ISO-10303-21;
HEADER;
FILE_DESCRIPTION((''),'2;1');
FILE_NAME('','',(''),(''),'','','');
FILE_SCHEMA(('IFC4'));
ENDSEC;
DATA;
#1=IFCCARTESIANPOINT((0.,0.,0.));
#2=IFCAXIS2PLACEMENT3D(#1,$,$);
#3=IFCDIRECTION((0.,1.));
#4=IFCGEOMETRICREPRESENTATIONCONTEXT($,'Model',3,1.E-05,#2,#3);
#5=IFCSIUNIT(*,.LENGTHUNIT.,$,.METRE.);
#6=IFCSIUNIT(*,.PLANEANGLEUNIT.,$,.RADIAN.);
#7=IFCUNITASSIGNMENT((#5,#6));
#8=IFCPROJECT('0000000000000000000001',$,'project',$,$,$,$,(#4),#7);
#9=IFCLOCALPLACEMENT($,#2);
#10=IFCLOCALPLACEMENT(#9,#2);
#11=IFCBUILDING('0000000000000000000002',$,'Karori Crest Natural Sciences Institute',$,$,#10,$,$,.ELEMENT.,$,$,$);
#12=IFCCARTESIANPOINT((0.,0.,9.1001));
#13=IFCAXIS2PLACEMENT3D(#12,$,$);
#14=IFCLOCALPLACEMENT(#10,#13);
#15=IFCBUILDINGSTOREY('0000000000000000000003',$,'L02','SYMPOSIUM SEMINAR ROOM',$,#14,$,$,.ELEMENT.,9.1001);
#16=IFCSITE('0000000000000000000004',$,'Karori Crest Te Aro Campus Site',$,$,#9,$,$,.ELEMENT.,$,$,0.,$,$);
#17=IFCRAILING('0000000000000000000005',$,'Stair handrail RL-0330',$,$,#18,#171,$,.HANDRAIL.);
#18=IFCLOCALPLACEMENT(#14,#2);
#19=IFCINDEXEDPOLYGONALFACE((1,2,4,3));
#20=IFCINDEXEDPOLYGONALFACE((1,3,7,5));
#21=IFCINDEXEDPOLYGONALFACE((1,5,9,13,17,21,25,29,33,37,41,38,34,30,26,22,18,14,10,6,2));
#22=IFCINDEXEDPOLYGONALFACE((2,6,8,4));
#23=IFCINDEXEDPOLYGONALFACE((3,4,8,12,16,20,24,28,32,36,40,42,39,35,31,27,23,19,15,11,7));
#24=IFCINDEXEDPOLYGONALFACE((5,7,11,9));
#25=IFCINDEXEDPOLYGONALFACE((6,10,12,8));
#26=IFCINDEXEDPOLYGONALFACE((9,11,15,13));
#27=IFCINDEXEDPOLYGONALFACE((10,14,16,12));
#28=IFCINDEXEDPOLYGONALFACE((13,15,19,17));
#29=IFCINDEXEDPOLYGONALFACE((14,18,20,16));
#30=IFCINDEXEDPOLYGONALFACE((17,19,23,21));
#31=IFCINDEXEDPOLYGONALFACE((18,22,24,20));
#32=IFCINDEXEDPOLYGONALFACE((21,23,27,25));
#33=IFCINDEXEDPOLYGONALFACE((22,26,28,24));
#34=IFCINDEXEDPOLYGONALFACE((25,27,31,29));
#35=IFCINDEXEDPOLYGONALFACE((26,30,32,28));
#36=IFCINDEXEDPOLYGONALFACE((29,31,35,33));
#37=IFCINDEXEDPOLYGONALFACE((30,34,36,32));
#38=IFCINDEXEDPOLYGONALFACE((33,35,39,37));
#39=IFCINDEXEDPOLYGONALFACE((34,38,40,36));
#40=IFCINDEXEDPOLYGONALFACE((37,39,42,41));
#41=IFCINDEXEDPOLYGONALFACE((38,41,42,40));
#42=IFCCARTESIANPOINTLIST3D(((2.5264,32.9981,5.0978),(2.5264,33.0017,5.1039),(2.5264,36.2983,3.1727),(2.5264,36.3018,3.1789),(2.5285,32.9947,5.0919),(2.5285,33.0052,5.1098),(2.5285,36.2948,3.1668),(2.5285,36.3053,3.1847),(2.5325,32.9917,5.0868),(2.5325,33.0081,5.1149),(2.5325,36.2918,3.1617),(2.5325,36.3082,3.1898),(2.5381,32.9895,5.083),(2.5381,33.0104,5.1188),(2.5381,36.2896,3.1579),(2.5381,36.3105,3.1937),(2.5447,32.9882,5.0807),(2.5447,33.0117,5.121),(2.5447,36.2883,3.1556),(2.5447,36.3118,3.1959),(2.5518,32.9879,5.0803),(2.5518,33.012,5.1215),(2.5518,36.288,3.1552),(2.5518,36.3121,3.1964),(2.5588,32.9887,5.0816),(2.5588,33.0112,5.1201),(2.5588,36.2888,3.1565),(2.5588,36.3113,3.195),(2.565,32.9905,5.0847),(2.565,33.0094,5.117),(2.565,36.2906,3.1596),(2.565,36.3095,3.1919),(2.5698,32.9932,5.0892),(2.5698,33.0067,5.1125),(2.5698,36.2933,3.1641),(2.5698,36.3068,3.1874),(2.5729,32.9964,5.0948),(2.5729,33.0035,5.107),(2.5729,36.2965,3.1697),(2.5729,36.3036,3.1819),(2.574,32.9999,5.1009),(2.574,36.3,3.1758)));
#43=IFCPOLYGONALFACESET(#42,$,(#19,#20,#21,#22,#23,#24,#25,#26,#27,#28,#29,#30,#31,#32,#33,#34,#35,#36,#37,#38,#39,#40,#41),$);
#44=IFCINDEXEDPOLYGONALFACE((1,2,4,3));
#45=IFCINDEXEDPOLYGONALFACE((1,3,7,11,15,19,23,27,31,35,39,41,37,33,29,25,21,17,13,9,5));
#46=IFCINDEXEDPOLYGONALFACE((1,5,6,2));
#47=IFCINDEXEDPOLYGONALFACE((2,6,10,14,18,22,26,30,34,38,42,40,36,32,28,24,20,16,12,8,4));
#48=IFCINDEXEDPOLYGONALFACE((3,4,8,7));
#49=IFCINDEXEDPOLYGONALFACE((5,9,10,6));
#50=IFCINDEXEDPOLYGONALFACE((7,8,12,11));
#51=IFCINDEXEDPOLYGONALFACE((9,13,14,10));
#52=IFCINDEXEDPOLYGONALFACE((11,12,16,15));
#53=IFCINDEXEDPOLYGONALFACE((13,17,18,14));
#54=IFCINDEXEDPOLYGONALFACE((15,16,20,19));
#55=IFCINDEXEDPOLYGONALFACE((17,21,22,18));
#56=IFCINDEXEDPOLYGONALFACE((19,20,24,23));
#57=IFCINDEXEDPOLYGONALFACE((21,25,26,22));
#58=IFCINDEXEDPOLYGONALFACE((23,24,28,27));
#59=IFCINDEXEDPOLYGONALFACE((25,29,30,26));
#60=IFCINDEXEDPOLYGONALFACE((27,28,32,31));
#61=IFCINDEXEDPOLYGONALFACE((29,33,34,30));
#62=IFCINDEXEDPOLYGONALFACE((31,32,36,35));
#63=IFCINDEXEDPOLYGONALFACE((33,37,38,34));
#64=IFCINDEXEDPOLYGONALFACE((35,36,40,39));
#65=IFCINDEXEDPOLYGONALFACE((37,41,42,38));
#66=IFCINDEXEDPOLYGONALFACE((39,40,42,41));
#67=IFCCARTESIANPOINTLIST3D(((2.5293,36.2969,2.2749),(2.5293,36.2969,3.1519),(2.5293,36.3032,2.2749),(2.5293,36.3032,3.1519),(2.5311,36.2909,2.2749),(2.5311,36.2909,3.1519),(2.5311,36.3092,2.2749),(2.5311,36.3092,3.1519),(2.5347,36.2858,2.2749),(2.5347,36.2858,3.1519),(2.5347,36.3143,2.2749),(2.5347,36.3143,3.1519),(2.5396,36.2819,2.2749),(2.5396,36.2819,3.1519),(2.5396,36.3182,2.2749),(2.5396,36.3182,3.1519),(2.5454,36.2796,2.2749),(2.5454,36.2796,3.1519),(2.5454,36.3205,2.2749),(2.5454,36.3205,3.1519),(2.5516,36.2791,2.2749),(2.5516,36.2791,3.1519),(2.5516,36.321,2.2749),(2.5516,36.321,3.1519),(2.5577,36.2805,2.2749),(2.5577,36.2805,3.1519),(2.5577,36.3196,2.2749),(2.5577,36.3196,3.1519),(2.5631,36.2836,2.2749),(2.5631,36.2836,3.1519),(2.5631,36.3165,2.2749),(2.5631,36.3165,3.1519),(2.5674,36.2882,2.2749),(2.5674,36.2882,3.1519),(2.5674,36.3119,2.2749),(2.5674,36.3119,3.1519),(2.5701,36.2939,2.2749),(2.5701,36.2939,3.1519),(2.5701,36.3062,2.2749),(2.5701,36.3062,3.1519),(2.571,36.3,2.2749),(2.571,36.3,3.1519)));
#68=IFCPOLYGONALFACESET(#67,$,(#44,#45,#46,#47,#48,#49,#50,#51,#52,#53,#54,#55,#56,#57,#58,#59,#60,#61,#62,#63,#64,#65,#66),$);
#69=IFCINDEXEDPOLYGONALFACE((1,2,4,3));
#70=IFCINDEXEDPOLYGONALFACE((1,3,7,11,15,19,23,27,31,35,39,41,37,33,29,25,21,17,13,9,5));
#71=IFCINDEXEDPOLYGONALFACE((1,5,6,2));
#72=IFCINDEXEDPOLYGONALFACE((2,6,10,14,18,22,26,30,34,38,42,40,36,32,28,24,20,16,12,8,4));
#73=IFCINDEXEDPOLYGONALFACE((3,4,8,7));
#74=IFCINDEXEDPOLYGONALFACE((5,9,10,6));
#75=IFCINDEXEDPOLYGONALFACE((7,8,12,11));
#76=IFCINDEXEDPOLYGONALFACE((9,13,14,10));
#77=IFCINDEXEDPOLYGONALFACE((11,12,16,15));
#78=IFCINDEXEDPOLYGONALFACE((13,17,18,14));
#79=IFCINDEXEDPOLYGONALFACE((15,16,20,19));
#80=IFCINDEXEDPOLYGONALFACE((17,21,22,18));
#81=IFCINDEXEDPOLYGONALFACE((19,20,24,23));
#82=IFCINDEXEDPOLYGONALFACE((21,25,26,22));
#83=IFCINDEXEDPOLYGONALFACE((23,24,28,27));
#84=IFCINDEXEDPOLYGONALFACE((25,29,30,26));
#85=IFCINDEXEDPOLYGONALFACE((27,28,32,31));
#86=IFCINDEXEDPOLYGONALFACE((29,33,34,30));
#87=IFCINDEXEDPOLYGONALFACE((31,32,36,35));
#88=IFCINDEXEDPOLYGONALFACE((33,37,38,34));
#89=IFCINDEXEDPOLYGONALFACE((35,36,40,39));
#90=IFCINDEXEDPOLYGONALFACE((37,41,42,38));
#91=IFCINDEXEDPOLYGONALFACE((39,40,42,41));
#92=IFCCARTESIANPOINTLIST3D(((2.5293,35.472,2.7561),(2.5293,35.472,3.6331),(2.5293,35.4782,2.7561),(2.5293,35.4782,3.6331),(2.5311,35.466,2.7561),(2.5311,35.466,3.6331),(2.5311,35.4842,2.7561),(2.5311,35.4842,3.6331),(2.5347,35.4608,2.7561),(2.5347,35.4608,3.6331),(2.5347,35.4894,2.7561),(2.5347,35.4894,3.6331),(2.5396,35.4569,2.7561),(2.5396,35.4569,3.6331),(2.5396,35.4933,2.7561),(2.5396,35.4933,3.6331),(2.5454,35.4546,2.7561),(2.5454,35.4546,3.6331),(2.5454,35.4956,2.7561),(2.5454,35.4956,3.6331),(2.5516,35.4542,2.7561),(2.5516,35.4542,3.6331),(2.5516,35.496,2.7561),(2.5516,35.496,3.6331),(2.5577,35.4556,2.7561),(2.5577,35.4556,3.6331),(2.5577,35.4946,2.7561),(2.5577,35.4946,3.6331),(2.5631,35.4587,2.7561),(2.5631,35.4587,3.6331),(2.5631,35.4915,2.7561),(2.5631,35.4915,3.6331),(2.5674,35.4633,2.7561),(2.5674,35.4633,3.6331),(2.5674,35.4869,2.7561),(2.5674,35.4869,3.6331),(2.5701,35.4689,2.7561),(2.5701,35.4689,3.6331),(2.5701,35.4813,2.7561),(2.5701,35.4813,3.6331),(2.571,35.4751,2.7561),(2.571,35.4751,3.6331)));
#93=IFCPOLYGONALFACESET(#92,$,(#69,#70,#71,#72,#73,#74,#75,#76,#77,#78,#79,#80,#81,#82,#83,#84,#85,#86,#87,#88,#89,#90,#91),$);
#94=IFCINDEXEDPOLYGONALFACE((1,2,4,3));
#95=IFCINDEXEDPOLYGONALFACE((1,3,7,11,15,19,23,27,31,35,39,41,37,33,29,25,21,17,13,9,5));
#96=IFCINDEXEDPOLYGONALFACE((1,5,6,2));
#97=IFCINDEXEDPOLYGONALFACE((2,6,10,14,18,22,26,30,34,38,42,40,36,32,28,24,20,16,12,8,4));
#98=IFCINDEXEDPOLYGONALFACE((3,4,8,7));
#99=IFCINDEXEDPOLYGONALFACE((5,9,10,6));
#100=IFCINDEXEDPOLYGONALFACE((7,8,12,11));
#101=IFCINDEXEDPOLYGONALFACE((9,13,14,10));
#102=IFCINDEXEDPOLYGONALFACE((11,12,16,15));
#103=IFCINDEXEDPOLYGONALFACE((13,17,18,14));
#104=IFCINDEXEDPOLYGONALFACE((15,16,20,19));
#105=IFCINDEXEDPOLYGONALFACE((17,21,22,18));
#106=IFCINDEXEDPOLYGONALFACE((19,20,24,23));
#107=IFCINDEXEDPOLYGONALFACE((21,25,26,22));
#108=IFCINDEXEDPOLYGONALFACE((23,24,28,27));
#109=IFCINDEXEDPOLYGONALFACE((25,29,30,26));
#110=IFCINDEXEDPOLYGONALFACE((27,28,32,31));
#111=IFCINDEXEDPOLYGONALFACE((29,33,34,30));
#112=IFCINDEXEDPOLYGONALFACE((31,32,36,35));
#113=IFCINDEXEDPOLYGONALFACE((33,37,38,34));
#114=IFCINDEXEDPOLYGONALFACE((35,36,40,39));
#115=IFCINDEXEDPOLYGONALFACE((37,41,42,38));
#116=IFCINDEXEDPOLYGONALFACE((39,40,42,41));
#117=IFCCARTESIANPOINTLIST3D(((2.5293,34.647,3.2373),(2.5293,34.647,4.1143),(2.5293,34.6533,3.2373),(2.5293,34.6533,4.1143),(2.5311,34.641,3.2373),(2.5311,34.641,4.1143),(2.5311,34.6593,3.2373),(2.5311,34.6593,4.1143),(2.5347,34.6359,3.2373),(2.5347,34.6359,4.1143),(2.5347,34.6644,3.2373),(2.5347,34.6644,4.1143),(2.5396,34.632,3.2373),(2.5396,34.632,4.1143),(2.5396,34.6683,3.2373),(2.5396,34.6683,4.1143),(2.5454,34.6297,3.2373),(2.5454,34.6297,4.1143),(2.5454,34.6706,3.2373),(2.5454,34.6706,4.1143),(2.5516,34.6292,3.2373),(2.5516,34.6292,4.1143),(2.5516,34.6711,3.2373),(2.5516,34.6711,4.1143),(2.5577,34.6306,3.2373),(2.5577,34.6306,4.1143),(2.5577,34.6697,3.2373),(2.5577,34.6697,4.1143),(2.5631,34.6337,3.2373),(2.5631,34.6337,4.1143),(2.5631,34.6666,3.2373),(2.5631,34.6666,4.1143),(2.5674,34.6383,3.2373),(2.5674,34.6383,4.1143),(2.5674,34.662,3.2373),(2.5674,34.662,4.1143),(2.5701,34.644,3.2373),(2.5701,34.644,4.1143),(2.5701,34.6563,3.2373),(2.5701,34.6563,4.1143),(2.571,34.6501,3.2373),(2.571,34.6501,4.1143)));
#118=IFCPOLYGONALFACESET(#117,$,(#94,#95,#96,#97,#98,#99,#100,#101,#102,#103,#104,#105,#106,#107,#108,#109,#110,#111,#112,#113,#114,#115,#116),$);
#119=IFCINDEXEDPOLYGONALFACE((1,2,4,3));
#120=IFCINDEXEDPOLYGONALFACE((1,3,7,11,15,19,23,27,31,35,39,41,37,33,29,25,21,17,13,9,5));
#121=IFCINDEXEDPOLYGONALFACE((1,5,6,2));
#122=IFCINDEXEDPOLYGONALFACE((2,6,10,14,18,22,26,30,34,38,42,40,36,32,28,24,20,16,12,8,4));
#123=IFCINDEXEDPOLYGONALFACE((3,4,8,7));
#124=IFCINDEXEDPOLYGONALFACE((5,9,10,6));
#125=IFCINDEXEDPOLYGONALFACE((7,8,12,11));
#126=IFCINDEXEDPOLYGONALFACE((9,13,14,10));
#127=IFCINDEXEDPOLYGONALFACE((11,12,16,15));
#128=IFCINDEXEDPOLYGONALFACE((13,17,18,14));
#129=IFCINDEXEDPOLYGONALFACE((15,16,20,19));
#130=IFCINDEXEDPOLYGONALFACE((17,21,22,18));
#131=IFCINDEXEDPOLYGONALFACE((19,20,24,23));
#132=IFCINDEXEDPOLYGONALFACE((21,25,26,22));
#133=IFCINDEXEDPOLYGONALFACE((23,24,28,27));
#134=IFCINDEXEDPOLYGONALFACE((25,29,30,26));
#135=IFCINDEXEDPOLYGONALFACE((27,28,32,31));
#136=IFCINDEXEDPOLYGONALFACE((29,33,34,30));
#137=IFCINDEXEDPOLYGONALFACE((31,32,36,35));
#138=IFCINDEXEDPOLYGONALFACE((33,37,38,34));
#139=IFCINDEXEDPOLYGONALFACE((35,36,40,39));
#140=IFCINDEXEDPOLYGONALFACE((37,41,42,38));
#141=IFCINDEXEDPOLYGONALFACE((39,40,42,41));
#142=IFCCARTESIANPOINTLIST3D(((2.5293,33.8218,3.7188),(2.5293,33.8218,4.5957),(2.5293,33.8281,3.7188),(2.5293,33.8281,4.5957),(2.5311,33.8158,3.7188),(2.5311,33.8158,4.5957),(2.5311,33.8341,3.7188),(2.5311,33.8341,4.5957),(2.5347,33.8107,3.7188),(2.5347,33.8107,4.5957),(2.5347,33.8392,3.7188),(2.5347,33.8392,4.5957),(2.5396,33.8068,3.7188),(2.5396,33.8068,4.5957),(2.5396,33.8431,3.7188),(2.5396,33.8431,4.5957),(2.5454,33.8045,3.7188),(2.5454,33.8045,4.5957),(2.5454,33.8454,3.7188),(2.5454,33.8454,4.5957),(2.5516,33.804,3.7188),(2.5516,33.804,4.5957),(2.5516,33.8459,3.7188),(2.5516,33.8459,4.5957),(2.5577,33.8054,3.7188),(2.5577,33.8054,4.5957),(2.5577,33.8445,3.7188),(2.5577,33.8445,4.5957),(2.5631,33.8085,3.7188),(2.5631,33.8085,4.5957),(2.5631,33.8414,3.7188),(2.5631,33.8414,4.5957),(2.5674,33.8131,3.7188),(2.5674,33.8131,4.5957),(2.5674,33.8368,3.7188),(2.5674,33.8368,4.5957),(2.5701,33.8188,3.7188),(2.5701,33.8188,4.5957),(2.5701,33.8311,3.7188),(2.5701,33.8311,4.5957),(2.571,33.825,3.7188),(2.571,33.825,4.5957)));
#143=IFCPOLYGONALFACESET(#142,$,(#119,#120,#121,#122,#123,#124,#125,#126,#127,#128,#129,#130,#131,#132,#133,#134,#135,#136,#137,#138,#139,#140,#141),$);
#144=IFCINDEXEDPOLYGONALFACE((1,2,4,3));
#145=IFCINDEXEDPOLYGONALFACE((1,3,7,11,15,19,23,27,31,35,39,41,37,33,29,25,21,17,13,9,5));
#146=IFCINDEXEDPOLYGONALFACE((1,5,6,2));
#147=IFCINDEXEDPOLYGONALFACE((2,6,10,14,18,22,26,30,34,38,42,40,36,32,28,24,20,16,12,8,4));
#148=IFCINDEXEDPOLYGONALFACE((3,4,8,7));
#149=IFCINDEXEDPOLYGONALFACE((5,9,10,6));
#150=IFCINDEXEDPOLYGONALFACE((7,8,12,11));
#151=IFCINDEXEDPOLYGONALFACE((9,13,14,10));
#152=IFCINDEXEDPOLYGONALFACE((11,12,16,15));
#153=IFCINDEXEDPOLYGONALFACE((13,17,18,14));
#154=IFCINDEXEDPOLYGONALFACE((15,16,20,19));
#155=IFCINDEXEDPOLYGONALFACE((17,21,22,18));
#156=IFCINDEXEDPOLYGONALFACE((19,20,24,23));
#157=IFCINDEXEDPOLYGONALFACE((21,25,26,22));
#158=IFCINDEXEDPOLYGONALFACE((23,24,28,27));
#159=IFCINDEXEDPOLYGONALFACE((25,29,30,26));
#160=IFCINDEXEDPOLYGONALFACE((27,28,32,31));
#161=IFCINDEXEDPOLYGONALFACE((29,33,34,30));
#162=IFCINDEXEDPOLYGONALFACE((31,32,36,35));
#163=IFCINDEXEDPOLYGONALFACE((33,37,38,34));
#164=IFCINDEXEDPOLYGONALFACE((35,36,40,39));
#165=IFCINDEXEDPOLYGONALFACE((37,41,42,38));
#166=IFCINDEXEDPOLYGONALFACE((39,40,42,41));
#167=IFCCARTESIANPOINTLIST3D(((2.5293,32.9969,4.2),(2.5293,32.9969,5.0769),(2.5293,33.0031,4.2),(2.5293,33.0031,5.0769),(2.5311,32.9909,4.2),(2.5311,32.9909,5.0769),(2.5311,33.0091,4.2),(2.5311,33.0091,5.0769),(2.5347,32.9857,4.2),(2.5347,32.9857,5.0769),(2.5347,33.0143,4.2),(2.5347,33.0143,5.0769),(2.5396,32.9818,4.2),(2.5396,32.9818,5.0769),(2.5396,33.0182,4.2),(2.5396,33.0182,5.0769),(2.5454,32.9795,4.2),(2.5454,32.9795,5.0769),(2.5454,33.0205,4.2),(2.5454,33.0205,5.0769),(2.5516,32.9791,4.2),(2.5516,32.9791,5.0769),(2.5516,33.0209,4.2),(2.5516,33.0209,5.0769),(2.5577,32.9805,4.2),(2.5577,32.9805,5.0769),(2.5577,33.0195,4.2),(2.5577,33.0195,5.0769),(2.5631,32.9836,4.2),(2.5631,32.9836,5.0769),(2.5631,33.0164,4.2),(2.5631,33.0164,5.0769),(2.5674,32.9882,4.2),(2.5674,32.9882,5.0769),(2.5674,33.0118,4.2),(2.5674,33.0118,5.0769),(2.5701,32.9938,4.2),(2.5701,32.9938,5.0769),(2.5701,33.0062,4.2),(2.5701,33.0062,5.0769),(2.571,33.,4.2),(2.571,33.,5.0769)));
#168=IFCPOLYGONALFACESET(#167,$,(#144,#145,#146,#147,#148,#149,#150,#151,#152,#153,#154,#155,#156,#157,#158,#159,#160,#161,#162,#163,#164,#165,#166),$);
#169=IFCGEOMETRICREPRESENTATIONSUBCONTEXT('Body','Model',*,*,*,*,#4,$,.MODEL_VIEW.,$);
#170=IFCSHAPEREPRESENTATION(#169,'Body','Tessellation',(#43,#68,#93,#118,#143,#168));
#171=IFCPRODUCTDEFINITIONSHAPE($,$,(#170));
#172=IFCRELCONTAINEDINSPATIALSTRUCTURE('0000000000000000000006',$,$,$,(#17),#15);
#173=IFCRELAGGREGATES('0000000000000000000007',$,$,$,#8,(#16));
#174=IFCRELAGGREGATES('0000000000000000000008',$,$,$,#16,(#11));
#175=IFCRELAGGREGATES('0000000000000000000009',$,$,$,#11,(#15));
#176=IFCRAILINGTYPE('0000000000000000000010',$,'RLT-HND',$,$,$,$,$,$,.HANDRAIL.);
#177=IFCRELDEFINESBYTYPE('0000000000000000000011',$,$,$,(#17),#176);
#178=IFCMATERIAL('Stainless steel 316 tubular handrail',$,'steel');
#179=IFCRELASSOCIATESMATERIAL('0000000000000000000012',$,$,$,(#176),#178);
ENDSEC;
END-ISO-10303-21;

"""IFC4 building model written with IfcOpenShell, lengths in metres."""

from ifc_helpers import new_model, si_unit, direction, frame, origin, origin_2d, place, context, subcontext, project, spatial, circle, extrude, material, type_object, element, save


model = new_model("IFC4")

# Units and contexts
model_context = context("Model", 3, precision=1e-05, world=origin(), true_north=direction((0.0, 1.0)))
body_context = subcontext(model_context, "Body", "Model", "MODEL_VIEW")
ifc_project = project(units=[si_unit("LENGTHUNIT", "METRE"), si_unit("PLANEANGLEUNIT", "RADIAN")], contexts=[model_context])

# Site, building, storey
site_placement = place(None, origin())
site = spatial("IfcSite", under=ifc_project, at=site_placement, Name="Karori Crest Te Aro Campus Site", CompositionType="ELEMENT", RefElevation=0.0)
building_placement = place(site_placement, origin())
building = spatial("IfcBuilding", under=site, at=building_placement, Name="Karori Crest Natural Sciences Institute", CompositionType="ELEMENT")
storey_placement = place(building_placement, frame((0.0, 0.0, 9.1001)))
storey = spatial("IfcBuildingStorey", under=building, at=storey_placement, Name="L02", Description="SYMPOSIUM SEMINAR ROOM", CompositionType="ELEMENT", Elevation=9.1001)

# Railing
ifc_material_1 = material(Name="Stainless steel 316 tubular handrail", Category="steel")
railing_type_1 = type_object("IfcRailingType", Name="RLT-HND", PredefinedType="HANDRAIL", material=ifc_material_1)
railing_1_placement = place(storey_placement, frame((2.55, 36.3, 2.2749)))
element("IfcRailing", 1, at=railing_1_placement, inside=storey, type_object=railing_type_1, Name="Stair handrail RL-0330", PredefinedType="HANDRAIL", context=body_context, shape_type="SweptSolid", body=[
    extrude(circle(Radius=0.0239, at=origin_2d()), frame((0.0, 0.0, 0.9009), z_axis=(0.0, -0.863777, 0.503875), x_axis=(1.0, 0.0, 0.0)), (0.0, 0.0, 1.0), 3.8206),
    extrude(circle(Radius=0.021, at=origin_2d()), origin(), (0.0, 0.0, 1.0), 0.877),
    extrude(circle(Radius=0.021, at=origin_2d()), frame((0.0, -0.825, 0.4812)), (0.0, 0.0, 1.0), 0.877),
    extrude(circle(Radius=0.021, at=origin_2d()), frame((0.0, -1.6499, 0.9624)), (0.0, 0.0, 1.0), 0.877),
    extrude(circle(Radius=0.021, at=origin_2d()), frame((0.0, -2.4751, 1.4438)), (0.0, 0.0, 1.0), 0.877),
    extrude(circle(Radius=0.021, at=origin_2d()), frame((0.0, -3.3, 1.925)), (0.0, 0.0, 1.0), 0.877),
])

save(model, "model.ifc")
